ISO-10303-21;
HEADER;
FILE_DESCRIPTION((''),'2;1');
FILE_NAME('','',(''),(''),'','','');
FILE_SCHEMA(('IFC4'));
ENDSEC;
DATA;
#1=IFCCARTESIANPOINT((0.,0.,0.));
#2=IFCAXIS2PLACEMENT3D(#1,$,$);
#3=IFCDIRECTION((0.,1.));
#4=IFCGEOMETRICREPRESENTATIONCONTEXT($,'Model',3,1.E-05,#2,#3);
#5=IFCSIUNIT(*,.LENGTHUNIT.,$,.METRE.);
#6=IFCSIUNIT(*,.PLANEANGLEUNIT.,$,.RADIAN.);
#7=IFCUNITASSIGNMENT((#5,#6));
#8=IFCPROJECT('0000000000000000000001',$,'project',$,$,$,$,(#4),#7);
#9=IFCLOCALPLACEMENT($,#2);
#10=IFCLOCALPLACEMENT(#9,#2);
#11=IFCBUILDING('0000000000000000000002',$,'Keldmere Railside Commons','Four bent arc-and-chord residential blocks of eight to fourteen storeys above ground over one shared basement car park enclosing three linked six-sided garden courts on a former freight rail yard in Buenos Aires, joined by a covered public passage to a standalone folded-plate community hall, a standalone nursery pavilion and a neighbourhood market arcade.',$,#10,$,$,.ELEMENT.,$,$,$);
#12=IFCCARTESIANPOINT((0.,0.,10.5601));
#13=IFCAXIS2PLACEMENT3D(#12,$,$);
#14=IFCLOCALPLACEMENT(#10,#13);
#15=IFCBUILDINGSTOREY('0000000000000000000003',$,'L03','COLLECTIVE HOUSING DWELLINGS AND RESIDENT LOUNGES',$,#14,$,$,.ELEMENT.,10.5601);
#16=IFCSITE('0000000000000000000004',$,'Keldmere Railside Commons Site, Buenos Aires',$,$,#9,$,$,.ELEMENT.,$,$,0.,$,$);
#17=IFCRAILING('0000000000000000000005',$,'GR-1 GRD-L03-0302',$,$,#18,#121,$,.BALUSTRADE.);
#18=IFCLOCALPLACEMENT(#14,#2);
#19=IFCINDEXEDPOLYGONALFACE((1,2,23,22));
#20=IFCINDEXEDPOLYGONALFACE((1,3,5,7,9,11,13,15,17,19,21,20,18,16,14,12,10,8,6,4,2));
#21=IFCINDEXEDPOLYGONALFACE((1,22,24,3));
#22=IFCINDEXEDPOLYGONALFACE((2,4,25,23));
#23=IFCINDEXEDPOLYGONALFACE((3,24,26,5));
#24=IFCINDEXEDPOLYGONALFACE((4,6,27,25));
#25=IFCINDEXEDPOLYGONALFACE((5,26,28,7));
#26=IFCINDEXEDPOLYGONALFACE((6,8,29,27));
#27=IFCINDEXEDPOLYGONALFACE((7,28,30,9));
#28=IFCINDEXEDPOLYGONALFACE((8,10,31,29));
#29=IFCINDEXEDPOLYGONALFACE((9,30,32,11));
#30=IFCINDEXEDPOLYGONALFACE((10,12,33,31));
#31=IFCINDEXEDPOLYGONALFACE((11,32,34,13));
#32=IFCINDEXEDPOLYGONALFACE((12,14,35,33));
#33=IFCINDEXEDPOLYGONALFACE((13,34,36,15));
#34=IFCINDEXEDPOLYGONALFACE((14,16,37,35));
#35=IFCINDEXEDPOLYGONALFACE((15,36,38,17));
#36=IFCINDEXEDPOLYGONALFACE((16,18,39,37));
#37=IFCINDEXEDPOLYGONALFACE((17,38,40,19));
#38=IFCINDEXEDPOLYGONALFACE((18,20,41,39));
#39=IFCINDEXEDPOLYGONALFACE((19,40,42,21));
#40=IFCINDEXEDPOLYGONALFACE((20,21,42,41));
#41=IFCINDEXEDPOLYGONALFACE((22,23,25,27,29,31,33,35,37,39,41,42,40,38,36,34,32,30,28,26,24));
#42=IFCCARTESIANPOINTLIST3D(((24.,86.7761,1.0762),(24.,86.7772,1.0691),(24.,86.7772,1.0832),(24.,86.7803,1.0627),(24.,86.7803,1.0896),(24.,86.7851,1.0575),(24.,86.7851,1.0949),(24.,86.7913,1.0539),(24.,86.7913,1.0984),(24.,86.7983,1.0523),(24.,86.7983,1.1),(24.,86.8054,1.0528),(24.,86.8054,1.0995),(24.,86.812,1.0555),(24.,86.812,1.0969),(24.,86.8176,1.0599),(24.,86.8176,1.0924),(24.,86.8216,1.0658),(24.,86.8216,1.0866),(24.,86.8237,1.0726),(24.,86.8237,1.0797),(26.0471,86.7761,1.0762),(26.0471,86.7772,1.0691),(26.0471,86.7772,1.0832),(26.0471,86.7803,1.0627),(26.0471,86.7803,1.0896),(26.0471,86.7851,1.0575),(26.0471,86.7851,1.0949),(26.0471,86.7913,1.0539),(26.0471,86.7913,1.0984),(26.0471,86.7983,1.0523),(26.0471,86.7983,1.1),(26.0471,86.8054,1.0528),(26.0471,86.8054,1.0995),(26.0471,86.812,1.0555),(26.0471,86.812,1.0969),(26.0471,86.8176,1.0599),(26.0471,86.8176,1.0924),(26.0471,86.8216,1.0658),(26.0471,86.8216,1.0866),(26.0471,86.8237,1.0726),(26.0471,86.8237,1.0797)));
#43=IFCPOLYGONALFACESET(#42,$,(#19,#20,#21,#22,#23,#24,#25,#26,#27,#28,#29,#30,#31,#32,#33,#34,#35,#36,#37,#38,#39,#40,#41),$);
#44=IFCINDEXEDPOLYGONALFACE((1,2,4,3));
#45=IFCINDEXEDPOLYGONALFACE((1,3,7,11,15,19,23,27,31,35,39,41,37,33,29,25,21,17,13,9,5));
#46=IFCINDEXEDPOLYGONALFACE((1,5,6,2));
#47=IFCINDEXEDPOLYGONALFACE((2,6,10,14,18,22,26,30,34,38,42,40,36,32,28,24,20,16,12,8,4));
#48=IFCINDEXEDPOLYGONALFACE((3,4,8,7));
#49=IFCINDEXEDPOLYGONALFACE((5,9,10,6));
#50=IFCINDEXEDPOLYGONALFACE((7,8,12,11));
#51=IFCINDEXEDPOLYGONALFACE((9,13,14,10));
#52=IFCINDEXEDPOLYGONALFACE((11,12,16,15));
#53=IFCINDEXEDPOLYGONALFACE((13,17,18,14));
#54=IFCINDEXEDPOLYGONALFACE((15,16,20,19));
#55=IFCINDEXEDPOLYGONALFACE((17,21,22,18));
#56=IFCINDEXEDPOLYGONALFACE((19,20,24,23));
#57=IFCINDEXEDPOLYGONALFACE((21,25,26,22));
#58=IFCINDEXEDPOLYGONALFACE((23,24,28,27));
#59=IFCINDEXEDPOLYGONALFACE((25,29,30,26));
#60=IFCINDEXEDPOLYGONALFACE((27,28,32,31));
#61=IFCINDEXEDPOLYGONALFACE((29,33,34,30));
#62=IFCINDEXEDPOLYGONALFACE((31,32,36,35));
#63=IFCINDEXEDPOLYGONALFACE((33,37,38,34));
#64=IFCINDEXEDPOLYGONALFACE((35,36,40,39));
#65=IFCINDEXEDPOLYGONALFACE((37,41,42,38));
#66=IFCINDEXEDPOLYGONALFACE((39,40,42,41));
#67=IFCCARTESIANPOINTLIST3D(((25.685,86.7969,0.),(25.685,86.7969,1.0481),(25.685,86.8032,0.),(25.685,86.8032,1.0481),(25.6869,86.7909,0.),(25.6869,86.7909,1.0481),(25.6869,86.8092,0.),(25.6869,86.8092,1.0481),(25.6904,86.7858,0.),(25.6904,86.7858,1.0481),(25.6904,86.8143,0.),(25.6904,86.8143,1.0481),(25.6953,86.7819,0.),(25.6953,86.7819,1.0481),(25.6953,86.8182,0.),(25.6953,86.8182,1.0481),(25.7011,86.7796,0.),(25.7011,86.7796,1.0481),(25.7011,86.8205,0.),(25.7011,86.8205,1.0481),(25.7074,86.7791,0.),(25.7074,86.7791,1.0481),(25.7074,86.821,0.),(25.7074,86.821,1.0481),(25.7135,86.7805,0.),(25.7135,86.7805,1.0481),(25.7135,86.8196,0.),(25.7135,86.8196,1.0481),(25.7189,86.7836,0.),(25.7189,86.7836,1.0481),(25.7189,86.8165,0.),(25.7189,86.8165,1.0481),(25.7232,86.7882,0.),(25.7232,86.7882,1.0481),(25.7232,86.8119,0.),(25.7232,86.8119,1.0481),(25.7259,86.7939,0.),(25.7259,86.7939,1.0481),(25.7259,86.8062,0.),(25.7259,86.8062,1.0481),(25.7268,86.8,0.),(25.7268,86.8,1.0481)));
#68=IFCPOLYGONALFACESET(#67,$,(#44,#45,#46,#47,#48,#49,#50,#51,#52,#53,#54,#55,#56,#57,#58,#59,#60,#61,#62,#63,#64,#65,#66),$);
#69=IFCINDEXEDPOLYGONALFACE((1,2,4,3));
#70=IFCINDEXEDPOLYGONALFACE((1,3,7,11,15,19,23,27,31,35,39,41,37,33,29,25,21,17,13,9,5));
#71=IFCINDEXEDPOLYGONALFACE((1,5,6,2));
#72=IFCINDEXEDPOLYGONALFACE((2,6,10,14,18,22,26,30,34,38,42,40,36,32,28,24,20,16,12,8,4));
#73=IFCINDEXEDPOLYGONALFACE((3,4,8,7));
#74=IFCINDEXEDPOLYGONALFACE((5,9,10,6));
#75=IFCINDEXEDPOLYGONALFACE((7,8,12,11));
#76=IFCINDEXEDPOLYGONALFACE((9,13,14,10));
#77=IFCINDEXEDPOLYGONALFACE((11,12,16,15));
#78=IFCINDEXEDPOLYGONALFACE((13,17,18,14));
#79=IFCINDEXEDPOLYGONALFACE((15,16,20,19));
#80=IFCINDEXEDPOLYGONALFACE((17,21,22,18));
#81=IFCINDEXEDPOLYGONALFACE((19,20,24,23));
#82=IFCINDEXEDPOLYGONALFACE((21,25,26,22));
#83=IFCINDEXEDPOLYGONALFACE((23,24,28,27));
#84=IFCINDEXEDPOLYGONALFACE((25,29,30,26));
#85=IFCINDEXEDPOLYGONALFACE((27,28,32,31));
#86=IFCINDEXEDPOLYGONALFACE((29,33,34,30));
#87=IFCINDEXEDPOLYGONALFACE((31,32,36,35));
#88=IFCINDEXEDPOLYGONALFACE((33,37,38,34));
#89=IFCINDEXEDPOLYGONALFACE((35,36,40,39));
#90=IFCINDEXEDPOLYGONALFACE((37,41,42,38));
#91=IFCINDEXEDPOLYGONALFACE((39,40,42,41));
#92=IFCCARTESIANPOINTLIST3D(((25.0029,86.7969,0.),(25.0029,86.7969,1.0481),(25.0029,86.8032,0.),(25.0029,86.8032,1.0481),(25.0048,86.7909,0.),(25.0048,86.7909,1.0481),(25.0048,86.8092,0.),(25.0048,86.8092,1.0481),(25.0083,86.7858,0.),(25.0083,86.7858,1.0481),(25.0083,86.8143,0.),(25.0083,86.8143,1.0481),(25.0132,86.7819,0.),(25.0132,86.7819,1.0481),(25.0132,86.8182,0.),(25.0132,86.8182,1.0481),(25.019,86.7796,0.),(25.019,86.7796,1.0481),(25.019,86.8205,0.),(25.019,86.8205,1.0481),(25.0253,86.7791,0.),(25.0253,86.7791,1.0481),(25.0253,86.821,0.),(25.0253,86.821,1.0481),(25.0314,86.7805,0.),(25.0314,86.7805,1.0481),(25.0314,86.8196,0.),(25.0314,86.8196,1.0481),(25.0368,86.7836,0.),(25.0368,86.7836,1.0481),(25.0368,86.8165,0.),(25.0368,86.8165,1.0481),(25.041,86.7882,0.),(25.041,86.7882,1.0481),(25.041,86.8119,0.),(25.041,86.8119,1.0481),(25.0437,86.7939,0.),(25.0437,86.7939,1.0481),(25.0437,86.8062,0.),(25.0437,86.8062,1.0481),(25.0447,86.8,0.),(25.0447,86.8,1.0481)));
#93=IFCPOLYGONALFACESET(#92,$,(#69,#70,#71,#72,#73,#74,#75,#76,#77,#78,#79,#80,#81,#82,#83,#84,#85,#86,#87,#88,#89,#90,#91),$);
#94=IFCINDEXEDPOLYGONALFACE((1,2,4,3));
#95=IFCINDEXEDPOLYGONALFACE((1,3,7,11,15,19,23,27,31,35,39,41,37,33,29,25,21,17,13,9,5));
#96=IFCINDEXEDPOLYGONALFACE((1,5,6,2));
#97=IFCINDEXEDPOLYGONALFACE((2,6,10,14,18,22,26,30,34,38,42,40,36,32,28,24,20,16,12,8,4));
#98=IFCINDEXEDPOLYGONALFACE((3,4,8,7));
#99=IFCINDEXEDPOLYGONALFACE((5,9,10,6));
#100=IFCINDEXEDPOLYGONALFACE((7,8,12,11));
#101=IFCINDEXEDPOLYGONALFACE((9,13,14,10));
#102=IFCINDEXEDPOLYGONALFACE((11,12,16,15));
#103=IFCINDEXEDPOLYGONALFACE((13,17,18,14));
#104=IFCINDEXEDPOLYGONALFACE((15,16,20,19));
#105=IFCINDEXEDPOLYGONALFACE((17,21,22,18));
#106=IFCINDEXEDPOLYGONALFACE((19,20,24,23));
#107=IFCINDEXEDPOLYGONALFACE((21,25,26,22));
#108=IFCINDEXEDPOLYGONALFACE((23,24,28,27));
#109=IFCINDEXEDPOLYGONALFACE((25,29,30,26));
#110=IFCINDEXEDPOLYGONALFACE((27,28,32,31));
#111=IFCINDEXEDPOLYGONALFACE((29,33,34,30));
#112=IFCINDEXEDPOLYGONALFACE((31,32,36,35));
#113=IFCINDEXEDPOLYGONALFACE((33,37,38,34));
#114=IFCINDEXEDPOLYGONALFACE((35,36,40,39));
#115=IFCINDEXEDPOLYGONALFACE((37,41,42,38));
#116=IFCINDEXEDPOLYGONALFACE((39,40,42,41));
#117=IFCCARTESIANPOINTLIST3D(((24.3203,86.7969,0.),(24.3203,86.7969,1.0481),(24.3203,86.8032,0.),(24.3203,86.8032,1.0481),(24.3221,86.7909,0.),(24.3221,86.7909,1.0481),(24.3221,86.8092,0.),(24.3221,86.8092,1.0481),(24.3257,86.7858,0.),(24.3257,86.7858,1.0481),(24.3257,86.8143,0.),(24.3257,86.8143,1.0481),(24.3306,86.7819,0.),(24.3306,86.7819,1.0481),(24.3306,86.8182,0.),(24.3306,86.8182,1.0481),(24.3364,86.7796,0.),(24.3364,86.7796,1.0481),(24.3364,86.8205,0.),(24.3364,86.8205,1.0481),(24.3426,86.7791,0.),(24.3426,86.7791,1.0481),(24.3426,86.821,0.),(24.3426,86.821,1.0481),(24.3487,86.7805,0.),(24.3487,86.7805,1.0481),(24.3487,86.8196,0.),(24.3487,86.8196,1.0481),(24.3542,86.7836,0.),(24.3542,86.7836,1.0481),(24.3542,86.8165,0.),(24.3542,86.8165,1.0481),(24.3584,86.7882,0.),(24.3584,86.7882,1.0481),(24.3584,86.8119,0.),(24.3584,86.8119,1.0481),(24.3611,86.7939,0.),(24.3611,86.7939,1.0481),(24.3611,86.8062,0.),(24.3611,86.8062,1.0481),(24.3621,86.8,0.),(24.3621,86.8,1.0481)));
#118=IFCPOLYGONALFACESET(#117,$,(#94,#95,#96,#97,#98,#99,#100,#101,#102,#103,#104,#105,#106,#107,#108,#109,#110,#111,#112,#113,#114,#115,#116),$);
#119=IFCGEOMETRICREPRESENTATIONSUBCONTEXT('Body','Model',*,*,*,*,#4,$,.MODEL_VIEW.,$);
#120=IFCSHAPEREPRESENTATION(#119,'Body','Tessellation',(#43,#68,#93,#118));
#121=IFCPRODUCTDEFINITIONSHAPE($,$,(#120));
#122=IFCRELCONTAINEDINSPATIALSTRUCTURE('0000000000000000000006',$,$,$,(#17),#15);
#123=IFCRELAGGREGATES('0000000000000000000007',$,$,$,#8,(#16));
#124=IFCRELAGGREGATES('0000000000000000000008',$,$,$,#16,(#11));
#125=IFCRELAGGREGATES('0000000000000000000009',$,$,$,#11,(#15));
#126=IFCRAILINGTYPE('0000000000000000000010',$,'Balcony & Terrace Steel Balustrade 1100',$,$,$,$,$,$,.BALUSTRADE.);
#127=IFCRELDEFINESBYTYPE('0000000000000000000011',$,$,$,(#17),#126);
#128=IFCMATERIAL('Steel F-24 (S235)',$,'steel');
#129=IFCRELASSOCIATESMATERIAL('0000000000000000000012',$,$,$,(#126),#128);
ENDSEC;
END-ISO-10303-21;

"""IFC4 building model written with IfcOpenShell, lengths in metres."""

from ifc_helpers import new_model, si_unit, direction, frame, origin, origin_2d, place, context, subcontext, project, spatial, circle, extrude, material, type_object, element, save


model = new_model("IFC4")

# Units and contexts
model_context = context("Model", 3, precision=1e-05, world=origin(), true_north=direction((0.0, 1.0)))
body_context = subcontext(model_context, "Body", "Model", "MODEL_VIEW")
ifc_project = project(units=[si_unit("LENGTHUNIT", "METRE"), si_unit("PLANEANGLEUNIT", "RADIAN")], contexts=[model_context])

# Site, building, storey
site_placement = place(None, origin())
site = spatial("IfcSite", under=ifc_project, at=site_placement, Name="Keldmere Railside Commons Site, Buenos Aires", CompositionType="ELEMENT", RefElevation=0.0)
building_placement = place(site_placement, origin())
building = spatial("IfcBuilding", under=site, at=building_placement, Name="Keldmere Railside Commons", Description="Four bent arc-and-chord residential blocks of eight to fourteen storeys above ground over one shared basement car park enclosing three linked six-sided garden courts on a former freight rail yard in Buenos Aires, joined by a covered public passage to a standalone folded-plate community hall, a standalone nursery pavilion and a neighbourhood market arcade.", CompositionType="ELEMENT")
storey_placement = place(building_placement, frame((0.0, 0.0, 10.5601)))
storey = spatial("IfcBuildingStorey", under=building, at=storey_placement, Name="L03", Description="COLLECTIVE HOUSING DWELLINGS AND RESIDENT LOUNGES", CompositionType="ELEMENT", Elevation=10.5601)

# Railing
ifc_material_1 = material(Name="Steel F-24 (S235)", Category="steel")
railing_type = type_object("IfcRailingType", Name="Balcony & Terrace Steel Balustrade 1100", PredefinedType="BALUSTRADE", material=ifc_material_1)
railing_1_placement = place(storey_placement, frame((26.0471, 86.8, 0.0)))
element("IfcRailing", 1, at=railing_1_placement, inside=storey, type_object=railing_type, Name="GR-1 GRD-L03-0302", PredefinedType="BALUSTRADE", context=body_context, shape_type="SweptSolid", body=[
    extrude(circle(Radius=0.0239, at=origin_2d()), frame((0.0, 0.0, 1.0762), z_axis=(-1.0, 0.0, 0.0), x_axis=(0.0, -1.0, 0.0)), (0.0, 0.0, 1.0), 2.0471),
    extrude(circle(Radius=0.021, at=origin_2d()), frame((-0.3413, 0.0, 0.0)), (0.0, 0.0, 1.0), 1.0481),
    extrude(circle(Radius=0.021, at=origin_2d()), frame((-1.0234, 0.0, 0.0)), (0.0, 0.0, 1.0), 1.0481),
    extrude(circle(Radius=0.021, at=origin_2d()), frame((-1.7061, 0.0, 0.0)), (0.0, 0.0, 1.0), 1.0481),
])

save(model, "model.ifc")
